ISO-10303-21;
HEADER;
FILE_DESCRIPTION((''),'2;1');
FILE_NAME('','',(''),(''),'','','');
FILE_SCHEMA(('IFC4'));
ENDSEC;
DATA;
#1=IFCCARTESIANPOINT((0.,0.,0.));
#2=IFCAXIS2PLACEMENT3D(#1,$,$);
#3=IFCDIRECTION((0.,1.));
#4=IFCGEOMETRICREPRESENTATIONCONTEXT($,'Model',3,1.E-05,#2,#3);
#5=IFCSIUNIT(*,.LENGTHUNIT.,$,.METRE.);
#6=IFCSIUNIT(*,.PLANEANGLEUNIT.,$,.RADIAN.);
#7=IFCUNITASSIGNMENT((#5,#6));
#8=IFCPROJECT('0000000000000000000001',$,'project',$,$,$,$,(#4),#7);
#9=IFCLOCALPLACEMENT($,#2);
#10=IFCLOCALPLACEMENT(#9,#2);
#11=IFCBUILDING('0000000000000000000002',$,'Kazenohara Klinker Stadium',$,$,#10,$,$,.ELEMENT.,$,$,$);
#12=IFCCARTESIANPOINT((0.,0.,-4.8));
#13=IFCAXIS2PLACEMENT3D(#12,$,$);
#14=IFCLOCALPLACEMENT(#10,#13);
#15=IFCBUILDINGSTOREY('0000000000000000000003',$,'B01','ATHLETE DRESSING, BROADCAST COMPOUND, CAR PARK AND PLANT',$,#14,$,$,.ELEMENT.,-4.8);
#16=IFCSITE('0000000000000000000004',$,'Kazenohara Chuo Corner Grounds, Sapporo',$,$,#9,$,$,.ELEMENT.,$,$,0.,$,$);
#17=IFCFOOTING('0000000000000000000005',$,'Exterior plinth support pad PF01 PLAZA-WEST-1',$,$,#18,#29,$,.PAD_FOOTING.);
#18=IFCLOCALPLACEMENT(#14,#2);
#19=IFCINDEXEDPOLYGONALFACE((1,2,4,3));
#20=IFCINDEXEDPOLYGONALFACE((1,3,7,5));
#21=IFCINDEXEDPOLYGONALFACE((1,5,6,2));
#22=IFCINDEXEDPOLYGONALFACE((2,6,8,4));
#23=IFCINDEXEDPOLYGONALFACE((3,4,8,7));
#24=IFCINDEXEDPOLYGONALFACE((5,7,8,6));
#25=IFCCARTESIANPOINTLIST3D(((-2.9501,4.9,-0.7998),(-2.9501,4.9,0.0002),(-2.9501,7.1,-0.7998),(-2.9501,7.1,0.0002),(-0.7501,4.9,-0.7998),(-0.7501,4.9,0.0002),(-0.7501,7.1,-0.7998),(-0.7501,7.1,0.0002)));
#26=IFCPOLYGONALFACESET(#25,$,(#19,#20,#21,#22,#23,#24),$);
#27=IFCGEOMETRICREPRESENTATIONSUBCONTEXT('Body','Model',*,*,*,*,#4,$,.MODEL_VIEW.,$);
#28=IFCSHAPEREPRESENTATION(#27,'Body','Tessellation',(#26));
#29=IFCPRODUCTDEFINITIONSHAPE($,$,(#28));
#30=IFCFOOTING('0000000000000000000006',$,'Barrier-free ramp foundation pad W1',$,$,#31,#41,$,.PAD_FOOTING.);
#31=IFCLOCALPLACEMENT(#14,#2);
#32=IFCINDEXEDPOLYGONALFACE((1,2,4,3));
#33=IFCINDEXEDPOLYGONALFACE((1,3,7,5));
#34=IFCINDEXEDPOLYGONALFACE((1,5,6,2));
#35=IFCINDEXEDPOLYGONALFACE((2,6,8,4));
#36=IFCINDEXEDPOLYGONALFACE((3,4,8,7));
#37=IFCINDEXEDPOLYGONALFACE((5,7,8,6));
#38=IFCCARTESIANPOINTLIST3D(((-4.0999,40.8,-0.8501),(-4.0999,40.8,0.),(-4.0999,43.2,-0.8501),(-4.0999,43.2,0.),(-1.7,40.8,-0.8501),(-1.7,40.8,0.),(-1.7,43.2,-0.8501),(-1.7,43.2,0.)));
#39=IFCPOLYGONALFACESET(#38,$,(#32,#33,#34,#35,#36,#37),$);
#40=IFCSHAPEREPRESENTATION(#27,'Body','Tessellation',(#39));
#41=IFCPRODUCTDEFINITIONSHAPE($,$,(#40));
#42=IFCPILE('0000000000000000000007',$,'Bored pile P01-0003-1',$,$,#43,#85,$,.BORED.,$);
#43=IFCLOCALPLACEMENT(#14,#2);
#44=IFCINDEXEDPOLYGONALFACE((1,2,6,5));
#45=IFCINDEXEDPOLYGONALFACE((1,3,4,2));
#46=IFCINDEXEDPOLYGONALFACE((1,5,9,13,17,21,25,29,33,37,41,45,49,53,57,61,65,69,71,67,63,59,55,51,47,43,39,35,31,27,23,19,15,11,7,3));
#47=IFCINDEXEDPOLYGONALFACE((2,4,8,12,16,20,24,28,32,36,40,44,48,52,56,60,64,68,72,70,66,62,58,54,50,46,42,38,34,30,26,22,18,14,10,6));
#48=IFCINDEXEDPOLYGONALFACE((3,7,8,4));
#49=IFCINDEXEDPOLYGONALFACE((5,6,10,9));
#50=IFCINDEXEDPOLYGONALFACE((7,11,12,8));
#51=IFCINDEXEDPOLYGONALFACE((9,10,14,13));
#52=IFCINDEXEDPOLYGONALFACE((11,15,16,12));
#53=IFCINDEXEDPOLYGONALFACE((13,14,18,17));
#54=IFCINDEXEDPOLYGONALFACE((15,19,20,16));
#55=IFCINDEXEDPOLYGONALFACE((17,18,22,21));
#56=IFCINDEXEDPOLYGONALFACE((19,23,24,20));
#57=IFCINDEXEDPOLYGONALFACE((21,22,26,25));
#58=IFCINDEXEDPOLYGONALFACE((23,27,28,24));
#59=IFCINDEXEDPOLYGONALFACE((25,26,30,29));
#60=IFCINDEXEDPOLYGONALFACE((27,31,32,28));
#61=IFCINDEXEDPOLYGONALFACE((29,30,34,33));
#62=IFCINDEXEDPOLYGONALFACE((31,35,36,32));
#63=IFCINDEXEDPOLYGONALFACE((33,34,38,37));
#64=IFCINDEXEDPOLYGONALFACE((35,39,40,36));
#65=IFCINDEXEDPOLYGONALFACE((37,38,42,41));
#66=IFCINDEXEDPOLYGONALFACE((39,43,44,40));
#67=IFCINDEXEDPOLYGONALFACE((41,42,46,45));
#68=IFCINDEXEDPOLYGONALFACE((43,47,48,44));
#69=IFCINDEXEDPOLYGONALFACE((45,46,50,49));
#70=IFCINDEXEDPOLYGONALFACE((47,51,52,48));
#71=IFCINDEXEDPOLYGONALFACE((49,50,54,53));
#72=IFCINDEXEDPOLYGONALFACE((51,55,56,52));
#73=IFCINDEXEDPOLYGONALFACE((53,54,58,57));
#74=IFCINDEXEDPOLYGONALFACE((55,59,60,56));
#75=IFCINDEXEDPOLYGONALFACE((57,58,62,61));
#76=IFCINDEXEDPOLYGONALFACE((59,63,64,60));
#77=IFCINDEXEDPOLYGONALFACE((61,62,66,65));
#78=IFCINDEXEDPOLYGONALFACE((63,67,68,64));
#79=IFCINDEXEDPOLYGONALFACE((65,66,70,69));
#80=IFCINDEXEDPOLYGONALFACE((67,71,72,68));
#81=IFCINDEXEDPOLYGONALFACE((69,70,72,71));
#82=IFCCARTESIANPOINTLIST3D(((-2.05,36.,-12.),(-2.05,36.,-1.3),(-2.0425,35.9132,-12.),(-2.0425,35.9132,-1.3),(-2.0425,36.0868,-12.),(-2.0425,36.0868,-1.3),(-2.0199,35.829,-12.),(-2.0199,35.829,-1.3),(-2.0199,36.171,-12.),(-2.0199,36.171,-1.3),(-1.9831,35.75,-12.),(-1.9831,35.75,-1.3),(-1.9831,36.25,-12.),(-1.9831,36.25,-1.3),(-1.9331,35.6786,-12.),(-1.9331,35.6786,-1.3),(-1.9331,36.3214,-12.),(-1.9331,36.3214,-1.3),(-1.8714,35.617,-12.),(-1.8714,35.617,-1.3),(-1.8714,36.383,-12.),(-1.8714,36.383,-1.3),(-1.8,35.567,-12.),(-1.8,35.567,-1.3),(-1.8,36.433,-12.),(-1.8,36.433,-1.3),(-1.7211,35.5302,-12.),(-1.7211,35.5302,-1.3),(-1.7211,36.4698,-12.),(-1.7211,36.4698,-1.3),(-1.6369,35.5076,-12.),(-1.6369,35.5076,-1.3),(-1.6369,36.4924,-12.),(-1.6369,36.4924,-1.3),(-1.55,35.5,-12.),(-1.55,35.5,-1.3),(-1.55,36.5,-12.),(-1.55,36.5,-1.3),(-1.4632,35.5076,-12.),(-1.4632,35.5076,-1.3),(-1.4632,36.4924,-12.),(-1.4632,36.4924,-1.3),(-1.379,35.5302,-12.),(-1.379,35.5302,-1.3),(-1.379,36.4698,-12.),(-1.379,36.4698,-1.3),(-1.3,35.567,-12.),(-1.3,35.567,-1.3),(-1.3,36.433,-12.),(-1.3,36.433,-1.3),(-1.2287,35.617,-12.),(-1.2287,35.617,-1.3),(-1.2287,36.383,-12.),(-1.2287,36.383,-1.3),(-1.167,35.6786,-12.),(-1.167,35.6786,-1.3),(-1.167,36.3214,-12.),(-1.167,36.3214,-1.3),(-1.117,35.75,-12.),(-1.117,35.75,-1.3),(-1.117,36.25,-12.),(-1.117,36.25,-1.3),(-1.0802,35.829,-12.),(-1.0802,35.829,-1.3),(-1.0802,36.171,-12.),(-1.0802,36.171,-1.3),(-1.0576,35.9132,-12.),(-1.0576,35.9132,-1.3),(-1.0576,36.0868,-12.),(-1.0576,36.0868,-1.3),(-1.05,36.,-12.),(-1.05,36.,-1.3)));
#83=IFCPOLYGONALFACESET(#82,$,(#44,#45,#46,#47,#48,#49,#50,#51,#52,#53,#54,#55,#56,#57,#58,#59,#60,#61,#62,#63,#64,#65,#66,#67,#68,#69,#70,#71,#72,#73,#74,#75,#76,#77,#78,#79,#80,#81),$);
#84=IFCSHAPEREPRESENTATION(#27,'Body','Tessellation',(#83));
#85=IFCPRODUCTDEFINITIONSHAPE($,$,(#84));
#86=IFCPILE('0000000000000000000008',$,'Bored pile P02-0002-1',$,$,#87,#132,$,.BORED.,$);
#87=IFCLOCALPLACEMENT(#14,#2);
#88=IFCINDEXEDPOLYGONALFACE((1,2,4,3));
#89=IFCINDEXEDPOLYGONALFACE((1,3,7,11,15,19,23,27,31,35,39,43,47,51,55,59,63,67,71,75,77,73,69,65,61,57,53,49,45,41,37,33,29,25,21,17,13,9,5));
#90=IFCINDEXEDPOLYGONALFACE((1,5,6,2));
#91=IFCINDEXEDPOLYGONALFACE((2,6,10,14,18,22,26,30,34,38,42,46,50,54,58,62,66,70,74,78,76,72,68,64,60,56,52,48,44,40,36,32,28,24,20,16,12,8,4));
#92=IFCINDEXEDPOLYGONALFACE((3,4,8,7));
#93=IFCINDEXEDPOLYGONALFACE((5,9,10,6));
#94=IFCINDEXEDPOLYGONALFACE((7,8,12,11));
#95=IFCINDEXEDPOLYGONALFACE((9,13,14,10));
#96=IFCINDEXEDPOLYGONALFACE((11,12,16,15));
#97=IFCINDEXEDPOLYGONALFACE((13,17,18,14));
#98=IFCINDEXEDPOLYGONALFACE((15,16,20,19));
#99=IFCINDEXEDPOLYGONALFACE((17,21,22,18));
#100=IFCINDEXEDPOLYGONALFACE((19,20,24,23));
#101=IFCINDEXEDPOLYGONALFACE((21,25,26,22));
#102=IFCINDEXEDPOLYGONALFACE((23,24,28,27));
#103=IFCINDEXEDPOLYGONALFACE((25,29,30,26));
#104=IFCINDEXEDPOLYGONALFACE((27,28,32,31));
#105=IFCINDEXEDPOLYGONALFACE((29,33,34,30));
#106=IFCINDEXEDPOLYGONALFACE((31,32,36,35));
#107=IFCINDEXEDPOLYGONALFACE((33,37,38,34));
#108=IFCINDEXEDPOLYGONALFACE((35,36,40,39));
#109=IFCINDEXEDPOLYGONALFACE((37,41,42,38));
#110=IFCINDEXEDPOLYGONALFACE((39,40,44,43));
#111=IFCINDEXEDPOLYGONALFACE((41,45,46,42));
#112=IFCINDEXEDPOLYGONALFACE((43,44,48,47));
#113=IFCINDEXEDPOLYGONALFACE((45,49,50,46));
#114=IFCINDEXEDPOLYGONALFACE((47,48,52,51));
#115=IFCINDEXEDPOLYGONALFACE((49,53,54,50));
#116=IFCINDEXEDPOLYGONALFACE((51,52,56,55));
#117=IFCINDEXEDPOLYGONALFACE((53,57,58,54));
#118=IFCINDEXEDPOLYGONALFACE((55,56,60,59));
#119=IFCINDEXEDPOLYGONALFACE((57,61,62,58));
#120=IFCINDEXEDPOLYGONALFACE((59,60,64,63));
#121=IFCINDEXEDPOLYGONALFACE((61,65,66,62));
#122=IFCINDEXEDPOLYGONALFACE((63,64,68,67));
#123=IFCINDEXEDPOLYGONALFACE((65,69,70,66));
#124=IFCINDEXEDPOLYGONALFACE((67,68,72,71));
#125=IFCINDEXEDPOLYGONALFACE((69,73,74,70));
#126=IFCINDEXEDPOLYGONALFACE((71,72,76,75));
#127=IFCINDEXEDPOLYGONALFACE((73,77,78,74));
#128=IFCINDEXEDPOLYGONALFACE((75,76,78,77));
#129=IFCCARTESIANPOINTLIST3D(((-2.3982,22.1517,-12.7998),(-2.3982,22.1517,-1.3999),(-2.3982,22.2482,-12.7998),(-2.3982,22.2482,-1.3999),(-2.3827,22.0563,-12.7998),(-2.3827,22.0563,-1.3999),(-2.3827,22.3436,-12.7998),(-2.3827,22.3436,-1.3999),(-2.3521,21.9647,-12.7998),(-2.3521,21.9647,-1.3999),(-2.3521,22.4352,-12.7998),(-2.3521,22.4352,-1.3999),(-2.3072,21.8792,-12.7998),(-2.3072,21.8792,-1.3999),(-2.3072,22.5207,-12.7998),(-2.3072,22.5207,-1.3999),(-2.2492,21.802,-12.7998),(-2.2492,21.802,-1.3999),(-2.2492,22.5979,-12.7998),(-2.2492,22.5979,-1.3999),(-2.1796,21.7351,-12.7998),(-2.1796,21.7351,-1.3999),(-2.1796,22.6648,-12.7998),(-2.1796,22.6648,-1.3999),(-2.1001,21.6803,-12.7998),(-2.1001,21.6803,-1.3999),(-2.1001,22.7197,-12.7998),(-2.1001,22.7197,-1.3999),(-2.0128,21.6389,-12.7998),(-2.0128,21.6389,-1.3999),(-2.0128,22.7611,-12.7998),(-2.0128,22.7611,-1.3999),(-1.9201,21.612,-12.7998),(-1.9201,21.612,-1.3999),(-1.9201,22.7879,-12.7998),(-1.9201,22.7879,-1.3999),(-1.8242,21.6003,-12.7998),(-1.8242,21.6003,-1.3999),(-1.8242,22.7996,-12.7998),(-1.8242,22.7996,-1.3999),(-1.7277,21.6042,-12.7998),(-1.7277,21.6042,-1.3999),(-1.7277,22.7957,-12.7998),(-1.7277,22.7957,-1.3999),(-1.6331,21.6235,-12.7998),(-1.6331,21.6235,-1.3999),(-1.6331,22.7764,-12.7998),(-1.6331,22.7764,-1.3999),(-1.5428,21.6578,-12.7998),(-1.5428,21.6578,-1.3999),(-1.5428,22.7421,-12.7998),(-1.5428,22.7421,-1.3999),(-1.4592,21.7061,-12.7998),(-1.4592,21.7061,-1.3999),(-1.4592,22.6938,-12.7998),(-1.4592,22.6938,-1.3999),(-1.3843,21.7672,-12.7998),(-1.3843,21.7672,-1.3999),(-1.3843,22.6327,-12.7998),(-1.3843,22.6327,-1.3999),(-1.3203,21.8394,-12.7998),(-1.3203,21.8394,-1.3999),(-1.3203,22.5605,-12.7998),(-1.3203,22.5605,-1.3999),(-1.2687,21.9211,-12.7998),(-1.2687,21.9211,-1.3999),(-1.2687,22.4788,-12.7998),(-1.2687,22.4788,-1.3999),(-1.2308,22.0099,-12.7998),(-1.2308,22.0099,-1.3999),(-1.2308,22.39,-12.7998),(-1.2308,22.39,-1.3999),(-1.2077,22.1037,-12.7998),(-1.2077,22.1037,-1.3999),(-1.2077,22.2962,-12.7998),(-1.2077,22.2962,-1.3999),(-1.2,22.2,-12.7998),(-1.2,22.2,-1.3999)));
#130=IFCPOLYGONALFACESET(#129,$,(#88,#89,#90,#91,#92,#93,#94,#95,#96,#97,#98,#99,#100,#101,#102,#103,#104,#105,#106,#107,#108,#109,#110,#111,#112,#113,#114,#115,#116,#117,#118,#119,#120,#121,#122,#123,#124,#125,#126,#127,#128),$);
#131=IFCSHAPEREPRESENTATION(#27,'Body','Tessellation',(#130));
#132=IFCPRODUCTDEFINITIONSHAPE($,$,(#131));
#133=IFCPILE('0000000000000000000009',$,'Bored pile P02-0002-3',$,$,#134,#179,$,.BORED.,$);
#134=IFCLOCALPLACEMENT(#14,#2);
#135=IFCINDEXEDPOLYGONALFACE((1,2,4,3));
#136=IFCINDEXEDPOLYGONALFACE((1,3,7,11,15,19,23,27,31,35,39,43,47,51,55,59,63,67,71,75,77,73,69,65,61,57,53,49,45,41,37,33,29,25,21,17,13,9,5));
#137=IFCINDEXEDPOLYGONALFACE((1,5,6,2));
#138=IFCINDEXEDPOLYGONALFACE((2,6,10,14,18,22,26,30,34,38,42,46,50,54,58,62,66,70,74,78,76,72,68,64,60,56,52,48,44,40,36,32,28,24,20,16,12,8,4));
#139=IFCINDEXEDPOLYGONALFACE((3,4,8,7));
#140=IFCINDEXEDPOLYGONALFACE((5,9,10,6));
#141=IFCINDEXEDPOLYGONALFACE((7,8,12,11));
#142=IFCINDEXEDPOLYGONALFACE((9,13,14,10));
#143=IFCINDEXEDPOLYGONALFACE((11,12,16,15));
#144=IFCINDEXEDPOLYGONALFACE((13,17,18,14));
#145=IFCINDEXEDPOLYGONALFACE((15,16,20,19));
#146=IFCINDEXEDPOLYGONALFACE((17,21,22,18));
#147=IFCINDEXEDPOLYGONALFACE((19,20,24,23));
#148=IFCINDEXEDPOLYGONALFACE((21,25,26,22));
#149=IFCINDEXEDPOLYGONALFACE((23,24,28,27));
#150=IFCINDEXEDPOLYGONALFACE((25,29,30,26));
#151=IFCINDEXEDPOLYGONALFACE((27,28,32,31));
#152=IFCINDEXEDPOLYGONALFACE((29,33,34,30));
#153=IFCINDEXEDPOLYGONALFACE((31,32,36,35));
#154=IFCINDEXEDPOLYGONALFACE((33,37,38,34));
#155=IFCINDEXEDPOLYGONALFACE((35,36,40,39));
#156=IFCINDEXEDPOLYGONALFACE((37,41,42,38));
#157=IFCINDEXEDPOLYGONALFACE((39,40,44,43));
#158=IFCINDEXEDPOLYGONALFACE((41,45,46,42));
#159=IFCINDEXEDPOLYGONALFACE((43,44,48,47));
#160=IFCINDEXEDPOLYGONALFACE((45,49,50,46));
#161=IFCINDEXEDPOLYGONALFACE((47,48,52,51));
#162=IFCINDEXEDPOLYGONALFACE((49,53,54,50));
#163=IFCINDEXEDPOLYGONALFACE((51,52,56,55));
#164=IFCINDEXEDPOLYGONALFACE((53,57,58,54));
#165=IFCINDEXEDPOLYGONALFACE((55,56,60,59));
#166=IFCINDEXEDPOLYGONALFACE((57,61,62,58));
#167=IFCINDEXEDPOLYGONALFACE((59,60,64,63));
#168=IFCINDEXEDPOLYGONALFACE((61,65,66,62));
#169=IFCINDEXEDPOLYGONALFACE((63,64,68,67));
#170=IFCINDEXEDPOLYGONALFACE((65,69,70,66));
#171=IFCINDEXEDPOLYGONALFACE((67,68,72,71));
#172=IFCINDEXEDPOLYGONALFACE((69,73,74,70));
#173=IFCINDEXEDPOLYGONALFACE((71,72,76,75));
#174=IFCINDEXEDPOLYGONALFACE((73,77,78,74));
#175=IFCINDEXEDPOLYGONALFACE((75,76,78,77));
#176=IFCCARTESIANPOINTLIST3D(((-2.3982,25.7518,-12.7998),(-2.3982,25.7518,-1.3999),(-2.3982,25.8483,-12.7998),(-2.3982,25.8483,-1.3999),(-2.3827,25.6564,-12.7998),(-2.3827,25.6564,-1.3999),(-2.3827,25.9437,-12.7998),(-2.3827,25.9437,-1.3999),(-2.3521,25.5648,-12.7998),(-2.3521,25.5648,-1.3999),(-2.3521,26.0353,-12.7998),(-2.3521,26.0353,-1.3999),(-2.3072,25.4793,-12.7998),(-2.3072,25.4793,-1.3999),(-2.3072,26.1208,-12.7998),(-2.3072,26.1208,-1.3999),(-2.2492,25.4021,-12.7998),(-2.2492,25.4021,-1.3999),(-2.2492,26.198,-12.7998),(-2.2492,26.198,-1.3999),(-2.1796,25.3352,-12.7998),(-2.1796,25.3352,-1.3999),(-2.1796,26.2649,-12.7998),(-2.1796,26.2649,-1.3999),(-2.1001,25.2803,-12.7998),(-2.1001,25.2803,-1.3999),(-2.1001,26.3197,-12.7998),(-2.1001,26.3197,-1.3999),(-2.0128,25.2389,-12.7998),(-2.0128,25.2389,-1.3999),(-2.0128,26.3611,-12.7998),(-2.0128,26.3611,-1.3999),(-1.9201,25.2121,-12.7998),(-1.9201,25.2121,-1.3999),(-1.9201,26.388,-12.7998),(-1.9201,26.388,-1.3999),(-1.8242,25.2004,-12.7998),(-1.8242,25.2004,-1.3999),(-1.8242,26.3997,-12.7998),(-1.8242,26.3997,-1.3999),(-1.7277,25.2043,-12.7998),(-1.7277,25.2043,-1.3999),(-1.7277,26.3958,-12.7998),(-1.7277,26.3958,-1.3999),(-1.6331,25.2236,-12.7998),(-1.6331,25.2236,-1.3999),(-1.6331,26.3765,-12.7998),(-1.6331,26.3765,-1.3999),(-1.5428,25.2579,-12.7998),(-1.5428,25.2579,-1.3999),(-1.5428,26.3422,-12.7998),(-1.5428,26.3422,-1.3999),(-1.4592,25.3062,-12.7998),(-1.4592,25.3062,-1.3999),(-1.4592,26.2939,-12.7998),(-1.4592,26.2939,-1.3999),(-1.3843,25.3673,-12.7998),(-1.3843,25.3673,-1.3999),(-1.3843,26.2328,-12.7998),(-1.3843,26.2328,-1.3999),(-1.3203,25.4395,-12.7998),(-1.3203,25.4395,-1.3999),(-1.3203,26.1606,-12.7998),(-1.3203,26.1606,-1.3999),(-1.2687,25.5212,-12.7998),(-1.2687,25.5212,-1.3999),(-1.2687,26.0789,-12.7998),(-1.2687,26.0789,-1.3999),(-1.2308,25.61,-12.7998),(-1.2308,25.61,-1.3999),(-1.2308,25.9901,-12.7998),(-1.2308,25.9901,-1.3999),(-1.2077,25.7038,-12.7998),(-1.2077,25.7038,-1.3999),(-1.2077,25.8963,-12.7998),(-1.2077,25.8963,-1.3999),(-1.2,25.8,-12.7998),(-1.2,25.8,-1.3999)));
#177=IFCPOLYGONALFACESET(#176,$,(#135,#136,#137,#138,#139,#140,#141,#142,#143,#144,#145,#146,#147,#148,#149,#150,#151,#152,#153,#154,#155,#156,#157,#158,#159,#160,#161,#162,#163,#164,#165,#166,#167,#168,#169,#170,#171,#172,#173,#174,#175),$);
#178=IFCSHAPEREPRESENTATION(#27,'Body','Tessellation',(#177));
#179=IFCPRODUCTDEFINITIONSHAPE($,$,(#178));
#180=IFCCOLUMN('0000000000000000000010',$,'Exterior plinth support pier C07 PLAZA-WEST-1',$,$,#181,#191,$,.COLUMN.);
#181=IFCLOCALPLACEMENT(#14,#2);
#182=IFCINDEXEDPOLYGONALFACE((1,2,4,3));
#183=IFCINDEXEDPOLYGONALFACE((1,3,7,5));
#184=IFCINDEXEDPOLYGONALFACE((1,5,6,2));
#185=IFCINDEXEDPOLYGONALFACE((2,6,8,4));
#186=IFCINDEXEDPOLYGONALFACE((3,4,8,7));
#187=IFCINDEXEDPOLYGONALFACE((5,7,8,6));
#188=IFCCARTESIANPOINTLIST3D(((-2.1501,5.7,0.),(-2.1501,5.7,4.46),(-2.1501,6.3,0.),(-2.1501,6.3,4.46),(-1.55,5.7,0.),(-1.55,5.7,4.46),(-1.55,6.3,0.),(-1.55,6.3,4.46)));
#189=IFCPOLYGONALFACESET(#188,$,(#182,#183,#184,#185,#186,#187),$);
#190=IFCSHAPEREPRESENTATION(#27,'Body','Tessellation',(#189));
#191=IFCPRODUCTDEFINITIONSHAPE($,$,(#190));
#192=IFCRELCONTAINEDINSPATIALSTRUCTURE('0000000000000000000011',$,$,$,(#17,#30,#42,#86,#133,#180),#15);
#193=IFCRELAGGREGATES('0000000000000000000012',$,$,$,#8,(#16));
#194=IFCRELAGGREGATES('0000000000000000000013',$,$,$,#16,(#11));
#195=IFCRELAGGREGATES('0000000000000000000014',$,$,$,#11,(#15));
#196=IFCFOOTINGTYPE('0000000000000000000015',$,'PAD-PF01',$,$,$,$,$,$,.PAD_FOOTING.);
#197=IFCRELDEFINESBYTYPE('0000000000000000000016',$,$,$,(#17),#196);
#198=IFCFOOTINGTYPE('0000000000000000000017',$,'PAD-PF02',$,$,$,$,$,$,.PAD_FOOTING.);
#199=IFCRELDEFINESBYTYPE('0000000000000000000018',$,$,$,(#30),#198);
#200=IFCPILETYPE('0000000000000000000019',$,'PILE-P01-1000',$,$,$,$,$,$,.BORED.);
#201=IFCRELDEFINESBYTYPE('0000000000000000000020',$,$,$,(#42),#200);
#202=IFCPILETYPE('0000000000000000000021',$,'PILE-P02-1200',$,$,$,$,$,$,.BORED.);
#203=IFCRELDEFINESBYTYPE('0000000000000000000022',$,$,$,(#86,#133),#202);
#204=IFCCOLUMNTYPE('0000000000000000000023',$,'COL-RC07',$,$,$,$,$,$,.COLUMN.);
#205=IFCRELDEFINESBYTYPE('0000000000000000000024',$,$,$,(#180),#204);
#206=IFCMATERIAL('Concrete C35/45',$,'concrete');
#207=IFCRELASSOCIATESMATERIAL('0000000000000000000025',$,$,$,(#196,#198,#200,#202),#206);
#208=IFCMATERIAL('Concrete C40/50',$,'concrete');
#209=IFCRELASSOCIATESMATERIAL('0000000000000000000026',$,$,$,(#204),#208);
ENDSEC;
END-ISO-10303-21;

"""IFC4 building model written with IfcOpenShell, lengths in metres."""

from ifc_helpers import new_model, si_unit, direction, frame, origin, origin_2d, place, context, subcontext, project, spatial, rectangle, circle, extrude, material, material_profile, profile_set, type_object, element, save


model = new_model("IFC4")

# Units and contexts
model_context = context("Model", 3, precision=1e-05, world=origin(), true_north=direction((0.0, 1.0)))
body_context = subcontext(model_context, "Body", "Model", "MODEL_VIEW")
ifc_project = project(units=[si_unit("LENGTHUNIT", "METRE"), si_unit("PLANEANGLEUNIT", "RADIAN")], contexts=[model_context])

# Site, building, storey
site_placement = place(None, origin())
site = spatial("IfcSite", under=ifc_project, at=site_placement, Name="Kazenohara Chuo Corner Grounds, Sapporo", CompositionType="ELEMENT", RefElevation=0.0)
building_placement = place(site_placement, origin())
building = spatial("IfcBuilding", under=site, at=building_placement, Name="Kazenohara Klinker Stadium", CompositionType="ELEMENT")
storey_placement = place(building_placement, frame((0.0, 0.0, -4.8)))
storey = spatial("IfcBuildingStorey", under=building, at=storey_placement, Name="B01", Description="ATHLETE DRESSING, BROADCAST COMPOUND, CAR PARK AND PLANT", CompositionType="ELEMENT", Elevation=-4.8)

# Footings
ifc_material_1 = material(Name="Concrete C35/45", Category="concrete")
footing_type_1 = type_object("IfcFootingType", Name="PAD-PF01", PredefinedType="PAD_FOOTING", material=ifc_material_1)
footing_1_placement = place(storey_placement, frame((-1.8501, 6.0, -0.7998), z_axis=(0.0, 0.0, 1.0), x_axis=(1.0, 0.0, 0.0)))
element("IfcFooting", 1, at=footing_1_placement, inside=storey, type_object=footing_type_1, Name="Exterior plinth support pad PF01 PLAZA-WEST-1", PredefinedType="PAD_FOOTING", context=body_context, shape_type="SweptSolid", body=[
    extrude(rectangle(XDim=2.2, YDim=2.2, at=origin_2d()), origin(), (0.0, 0.0, 1.0), 0.8),
])
footing_type_2 = type_object("IfcFootingType", Name="PAD-PF02", PredefinedType="PAD_FOOTING", material=ifc_material_1)
footing_2_placement = place(storey_placement, frame((-2.8999, 42.0, -0.8501), z_axis=(0.0, 0.0, 1.0), x_axis=(1.0, 0.0, 0.0)))
element("IfcFooting", 2, at=footing_2_placement, inside=storey, type_object=footing_type_2, Name="Barrier-free ramp foundation pad W1", PredefinedType="PAD_FOOTING", context=body_context, shape_type="SweptSolid", body=[
    extrude(rectangle(XDim=2.3999, YDim=2.3999, at=origin_2d()), origin(), (0.0, 0.0, 1.0), 0.8501),
])

# Piles
ifc_material_profile_1 = material_profile(ifc_material_1, circle(Radius=0.5, at=origin_2d()), Name="BORED-PILE-1000")
ifc_profile_set_1 = profile_set([ifc_material_profile_1], Name="Concrete C35/45")
pile_type_1 = type_object("IfcPileType", Name="PILE-P01-1000", PredefinedType="BORED", material=ifc_profile_set_1)
pile_placement = place(storey_placement, frame((-1.55, 36.0, -1.3), z_axis=(0.0, 0.0, -1.0), x_axis=(1.0, 0.0, 0.0)))
element("IfcPile", 3, at=pile_placement, inside=storey, type_object=pile_type_1, Name="Bored pile P01-0003-1", PredefinedType="BORED", context=body_context, shape_type="SweptSolid", body=[
    extrude(circle(Radius=0.5, at=origin_2d()), origin(), (0.0, 0.0, 1.0), 10.7),
])
ifc_material_profile_2 = material_profile(ifc_material_1, circle(Radius=0.6001, at=origin_2d()), Name="BORED-PILE-1200")
ifc_profile_set_2 = profile_set([ifc_material_profile_2], Name="Concrete C35/45")
pile_type_2 = type_object("IfcPileType", Name="PILE-P02-1200", PredefinedType="BORED", material=ifc_profile_set_2)
for number, where, z_axis, x_axis, name in (
    (4, (-1.8, 22.2, -1.3999), (0.0, 0.0, -1.0), (1.0, 0.0, 0.0), "Bored pile P02-0002-1"),
    (5, (-1.8, 25.8, -1.3999), (0.0, 0.0, -1.0), (1.0, 0.0, 0.0), "Bored pile P02-0002-3"),
):
    element("IfcPile", number, at=place(storey_placement, frame(where, z_axis=z_axis, x_axis=x_axis)), inside=storey, type_object=pile_type_2, Name=name, PredefinedType="BORED", context=body_context, shape_type="SweptSolid", body=[
        extrude(circle(Radius=0.6001, at=origin_2d()), origin(), (0.0, 0.0, 1.0), 11.3999),
    ])

# Column
ifc_material_2 = material(Name="Concrete C40/50", Category="concrete")
ifc_material_profile_3 = material_profile(ifc_material_2, rectangle(XDim=0.6001, YDim=0.6001, at=origin_2d()), Name="RC-COL-600x600")
ifc_profile_set_3 = profile_set([ifc_material_profile_3], Name="Concrete C40/50")
column_type_1 = type_object("IfcColumnType", Name="COL-RC07", PredefinedType="COLUMN", material=ifc_profile_set_3)
column_1_placement = place(storey_placement, frame((-1.8501, 6.0, 0.0), z_axis=(0.0, 0.0, 1.0), x_axis=(1.0, 0.0, 0.0)))
element("IfcColumn", 6, at=column_1_placement, inside=storey, type_object=column_type_1, Name="Exterior plinth support pier C07 PLAZA-WEST-1", PredefinedType="COLUMN", context=body_context, shape_type="SweptSolid", body=[
    extrude(rectangle(XDim=0.6001, YDim=0.6001, at=origin_2d()), origin(), (0.0, 0.0, 1.0), 4.46),
])

save(model, "model.ifc")
